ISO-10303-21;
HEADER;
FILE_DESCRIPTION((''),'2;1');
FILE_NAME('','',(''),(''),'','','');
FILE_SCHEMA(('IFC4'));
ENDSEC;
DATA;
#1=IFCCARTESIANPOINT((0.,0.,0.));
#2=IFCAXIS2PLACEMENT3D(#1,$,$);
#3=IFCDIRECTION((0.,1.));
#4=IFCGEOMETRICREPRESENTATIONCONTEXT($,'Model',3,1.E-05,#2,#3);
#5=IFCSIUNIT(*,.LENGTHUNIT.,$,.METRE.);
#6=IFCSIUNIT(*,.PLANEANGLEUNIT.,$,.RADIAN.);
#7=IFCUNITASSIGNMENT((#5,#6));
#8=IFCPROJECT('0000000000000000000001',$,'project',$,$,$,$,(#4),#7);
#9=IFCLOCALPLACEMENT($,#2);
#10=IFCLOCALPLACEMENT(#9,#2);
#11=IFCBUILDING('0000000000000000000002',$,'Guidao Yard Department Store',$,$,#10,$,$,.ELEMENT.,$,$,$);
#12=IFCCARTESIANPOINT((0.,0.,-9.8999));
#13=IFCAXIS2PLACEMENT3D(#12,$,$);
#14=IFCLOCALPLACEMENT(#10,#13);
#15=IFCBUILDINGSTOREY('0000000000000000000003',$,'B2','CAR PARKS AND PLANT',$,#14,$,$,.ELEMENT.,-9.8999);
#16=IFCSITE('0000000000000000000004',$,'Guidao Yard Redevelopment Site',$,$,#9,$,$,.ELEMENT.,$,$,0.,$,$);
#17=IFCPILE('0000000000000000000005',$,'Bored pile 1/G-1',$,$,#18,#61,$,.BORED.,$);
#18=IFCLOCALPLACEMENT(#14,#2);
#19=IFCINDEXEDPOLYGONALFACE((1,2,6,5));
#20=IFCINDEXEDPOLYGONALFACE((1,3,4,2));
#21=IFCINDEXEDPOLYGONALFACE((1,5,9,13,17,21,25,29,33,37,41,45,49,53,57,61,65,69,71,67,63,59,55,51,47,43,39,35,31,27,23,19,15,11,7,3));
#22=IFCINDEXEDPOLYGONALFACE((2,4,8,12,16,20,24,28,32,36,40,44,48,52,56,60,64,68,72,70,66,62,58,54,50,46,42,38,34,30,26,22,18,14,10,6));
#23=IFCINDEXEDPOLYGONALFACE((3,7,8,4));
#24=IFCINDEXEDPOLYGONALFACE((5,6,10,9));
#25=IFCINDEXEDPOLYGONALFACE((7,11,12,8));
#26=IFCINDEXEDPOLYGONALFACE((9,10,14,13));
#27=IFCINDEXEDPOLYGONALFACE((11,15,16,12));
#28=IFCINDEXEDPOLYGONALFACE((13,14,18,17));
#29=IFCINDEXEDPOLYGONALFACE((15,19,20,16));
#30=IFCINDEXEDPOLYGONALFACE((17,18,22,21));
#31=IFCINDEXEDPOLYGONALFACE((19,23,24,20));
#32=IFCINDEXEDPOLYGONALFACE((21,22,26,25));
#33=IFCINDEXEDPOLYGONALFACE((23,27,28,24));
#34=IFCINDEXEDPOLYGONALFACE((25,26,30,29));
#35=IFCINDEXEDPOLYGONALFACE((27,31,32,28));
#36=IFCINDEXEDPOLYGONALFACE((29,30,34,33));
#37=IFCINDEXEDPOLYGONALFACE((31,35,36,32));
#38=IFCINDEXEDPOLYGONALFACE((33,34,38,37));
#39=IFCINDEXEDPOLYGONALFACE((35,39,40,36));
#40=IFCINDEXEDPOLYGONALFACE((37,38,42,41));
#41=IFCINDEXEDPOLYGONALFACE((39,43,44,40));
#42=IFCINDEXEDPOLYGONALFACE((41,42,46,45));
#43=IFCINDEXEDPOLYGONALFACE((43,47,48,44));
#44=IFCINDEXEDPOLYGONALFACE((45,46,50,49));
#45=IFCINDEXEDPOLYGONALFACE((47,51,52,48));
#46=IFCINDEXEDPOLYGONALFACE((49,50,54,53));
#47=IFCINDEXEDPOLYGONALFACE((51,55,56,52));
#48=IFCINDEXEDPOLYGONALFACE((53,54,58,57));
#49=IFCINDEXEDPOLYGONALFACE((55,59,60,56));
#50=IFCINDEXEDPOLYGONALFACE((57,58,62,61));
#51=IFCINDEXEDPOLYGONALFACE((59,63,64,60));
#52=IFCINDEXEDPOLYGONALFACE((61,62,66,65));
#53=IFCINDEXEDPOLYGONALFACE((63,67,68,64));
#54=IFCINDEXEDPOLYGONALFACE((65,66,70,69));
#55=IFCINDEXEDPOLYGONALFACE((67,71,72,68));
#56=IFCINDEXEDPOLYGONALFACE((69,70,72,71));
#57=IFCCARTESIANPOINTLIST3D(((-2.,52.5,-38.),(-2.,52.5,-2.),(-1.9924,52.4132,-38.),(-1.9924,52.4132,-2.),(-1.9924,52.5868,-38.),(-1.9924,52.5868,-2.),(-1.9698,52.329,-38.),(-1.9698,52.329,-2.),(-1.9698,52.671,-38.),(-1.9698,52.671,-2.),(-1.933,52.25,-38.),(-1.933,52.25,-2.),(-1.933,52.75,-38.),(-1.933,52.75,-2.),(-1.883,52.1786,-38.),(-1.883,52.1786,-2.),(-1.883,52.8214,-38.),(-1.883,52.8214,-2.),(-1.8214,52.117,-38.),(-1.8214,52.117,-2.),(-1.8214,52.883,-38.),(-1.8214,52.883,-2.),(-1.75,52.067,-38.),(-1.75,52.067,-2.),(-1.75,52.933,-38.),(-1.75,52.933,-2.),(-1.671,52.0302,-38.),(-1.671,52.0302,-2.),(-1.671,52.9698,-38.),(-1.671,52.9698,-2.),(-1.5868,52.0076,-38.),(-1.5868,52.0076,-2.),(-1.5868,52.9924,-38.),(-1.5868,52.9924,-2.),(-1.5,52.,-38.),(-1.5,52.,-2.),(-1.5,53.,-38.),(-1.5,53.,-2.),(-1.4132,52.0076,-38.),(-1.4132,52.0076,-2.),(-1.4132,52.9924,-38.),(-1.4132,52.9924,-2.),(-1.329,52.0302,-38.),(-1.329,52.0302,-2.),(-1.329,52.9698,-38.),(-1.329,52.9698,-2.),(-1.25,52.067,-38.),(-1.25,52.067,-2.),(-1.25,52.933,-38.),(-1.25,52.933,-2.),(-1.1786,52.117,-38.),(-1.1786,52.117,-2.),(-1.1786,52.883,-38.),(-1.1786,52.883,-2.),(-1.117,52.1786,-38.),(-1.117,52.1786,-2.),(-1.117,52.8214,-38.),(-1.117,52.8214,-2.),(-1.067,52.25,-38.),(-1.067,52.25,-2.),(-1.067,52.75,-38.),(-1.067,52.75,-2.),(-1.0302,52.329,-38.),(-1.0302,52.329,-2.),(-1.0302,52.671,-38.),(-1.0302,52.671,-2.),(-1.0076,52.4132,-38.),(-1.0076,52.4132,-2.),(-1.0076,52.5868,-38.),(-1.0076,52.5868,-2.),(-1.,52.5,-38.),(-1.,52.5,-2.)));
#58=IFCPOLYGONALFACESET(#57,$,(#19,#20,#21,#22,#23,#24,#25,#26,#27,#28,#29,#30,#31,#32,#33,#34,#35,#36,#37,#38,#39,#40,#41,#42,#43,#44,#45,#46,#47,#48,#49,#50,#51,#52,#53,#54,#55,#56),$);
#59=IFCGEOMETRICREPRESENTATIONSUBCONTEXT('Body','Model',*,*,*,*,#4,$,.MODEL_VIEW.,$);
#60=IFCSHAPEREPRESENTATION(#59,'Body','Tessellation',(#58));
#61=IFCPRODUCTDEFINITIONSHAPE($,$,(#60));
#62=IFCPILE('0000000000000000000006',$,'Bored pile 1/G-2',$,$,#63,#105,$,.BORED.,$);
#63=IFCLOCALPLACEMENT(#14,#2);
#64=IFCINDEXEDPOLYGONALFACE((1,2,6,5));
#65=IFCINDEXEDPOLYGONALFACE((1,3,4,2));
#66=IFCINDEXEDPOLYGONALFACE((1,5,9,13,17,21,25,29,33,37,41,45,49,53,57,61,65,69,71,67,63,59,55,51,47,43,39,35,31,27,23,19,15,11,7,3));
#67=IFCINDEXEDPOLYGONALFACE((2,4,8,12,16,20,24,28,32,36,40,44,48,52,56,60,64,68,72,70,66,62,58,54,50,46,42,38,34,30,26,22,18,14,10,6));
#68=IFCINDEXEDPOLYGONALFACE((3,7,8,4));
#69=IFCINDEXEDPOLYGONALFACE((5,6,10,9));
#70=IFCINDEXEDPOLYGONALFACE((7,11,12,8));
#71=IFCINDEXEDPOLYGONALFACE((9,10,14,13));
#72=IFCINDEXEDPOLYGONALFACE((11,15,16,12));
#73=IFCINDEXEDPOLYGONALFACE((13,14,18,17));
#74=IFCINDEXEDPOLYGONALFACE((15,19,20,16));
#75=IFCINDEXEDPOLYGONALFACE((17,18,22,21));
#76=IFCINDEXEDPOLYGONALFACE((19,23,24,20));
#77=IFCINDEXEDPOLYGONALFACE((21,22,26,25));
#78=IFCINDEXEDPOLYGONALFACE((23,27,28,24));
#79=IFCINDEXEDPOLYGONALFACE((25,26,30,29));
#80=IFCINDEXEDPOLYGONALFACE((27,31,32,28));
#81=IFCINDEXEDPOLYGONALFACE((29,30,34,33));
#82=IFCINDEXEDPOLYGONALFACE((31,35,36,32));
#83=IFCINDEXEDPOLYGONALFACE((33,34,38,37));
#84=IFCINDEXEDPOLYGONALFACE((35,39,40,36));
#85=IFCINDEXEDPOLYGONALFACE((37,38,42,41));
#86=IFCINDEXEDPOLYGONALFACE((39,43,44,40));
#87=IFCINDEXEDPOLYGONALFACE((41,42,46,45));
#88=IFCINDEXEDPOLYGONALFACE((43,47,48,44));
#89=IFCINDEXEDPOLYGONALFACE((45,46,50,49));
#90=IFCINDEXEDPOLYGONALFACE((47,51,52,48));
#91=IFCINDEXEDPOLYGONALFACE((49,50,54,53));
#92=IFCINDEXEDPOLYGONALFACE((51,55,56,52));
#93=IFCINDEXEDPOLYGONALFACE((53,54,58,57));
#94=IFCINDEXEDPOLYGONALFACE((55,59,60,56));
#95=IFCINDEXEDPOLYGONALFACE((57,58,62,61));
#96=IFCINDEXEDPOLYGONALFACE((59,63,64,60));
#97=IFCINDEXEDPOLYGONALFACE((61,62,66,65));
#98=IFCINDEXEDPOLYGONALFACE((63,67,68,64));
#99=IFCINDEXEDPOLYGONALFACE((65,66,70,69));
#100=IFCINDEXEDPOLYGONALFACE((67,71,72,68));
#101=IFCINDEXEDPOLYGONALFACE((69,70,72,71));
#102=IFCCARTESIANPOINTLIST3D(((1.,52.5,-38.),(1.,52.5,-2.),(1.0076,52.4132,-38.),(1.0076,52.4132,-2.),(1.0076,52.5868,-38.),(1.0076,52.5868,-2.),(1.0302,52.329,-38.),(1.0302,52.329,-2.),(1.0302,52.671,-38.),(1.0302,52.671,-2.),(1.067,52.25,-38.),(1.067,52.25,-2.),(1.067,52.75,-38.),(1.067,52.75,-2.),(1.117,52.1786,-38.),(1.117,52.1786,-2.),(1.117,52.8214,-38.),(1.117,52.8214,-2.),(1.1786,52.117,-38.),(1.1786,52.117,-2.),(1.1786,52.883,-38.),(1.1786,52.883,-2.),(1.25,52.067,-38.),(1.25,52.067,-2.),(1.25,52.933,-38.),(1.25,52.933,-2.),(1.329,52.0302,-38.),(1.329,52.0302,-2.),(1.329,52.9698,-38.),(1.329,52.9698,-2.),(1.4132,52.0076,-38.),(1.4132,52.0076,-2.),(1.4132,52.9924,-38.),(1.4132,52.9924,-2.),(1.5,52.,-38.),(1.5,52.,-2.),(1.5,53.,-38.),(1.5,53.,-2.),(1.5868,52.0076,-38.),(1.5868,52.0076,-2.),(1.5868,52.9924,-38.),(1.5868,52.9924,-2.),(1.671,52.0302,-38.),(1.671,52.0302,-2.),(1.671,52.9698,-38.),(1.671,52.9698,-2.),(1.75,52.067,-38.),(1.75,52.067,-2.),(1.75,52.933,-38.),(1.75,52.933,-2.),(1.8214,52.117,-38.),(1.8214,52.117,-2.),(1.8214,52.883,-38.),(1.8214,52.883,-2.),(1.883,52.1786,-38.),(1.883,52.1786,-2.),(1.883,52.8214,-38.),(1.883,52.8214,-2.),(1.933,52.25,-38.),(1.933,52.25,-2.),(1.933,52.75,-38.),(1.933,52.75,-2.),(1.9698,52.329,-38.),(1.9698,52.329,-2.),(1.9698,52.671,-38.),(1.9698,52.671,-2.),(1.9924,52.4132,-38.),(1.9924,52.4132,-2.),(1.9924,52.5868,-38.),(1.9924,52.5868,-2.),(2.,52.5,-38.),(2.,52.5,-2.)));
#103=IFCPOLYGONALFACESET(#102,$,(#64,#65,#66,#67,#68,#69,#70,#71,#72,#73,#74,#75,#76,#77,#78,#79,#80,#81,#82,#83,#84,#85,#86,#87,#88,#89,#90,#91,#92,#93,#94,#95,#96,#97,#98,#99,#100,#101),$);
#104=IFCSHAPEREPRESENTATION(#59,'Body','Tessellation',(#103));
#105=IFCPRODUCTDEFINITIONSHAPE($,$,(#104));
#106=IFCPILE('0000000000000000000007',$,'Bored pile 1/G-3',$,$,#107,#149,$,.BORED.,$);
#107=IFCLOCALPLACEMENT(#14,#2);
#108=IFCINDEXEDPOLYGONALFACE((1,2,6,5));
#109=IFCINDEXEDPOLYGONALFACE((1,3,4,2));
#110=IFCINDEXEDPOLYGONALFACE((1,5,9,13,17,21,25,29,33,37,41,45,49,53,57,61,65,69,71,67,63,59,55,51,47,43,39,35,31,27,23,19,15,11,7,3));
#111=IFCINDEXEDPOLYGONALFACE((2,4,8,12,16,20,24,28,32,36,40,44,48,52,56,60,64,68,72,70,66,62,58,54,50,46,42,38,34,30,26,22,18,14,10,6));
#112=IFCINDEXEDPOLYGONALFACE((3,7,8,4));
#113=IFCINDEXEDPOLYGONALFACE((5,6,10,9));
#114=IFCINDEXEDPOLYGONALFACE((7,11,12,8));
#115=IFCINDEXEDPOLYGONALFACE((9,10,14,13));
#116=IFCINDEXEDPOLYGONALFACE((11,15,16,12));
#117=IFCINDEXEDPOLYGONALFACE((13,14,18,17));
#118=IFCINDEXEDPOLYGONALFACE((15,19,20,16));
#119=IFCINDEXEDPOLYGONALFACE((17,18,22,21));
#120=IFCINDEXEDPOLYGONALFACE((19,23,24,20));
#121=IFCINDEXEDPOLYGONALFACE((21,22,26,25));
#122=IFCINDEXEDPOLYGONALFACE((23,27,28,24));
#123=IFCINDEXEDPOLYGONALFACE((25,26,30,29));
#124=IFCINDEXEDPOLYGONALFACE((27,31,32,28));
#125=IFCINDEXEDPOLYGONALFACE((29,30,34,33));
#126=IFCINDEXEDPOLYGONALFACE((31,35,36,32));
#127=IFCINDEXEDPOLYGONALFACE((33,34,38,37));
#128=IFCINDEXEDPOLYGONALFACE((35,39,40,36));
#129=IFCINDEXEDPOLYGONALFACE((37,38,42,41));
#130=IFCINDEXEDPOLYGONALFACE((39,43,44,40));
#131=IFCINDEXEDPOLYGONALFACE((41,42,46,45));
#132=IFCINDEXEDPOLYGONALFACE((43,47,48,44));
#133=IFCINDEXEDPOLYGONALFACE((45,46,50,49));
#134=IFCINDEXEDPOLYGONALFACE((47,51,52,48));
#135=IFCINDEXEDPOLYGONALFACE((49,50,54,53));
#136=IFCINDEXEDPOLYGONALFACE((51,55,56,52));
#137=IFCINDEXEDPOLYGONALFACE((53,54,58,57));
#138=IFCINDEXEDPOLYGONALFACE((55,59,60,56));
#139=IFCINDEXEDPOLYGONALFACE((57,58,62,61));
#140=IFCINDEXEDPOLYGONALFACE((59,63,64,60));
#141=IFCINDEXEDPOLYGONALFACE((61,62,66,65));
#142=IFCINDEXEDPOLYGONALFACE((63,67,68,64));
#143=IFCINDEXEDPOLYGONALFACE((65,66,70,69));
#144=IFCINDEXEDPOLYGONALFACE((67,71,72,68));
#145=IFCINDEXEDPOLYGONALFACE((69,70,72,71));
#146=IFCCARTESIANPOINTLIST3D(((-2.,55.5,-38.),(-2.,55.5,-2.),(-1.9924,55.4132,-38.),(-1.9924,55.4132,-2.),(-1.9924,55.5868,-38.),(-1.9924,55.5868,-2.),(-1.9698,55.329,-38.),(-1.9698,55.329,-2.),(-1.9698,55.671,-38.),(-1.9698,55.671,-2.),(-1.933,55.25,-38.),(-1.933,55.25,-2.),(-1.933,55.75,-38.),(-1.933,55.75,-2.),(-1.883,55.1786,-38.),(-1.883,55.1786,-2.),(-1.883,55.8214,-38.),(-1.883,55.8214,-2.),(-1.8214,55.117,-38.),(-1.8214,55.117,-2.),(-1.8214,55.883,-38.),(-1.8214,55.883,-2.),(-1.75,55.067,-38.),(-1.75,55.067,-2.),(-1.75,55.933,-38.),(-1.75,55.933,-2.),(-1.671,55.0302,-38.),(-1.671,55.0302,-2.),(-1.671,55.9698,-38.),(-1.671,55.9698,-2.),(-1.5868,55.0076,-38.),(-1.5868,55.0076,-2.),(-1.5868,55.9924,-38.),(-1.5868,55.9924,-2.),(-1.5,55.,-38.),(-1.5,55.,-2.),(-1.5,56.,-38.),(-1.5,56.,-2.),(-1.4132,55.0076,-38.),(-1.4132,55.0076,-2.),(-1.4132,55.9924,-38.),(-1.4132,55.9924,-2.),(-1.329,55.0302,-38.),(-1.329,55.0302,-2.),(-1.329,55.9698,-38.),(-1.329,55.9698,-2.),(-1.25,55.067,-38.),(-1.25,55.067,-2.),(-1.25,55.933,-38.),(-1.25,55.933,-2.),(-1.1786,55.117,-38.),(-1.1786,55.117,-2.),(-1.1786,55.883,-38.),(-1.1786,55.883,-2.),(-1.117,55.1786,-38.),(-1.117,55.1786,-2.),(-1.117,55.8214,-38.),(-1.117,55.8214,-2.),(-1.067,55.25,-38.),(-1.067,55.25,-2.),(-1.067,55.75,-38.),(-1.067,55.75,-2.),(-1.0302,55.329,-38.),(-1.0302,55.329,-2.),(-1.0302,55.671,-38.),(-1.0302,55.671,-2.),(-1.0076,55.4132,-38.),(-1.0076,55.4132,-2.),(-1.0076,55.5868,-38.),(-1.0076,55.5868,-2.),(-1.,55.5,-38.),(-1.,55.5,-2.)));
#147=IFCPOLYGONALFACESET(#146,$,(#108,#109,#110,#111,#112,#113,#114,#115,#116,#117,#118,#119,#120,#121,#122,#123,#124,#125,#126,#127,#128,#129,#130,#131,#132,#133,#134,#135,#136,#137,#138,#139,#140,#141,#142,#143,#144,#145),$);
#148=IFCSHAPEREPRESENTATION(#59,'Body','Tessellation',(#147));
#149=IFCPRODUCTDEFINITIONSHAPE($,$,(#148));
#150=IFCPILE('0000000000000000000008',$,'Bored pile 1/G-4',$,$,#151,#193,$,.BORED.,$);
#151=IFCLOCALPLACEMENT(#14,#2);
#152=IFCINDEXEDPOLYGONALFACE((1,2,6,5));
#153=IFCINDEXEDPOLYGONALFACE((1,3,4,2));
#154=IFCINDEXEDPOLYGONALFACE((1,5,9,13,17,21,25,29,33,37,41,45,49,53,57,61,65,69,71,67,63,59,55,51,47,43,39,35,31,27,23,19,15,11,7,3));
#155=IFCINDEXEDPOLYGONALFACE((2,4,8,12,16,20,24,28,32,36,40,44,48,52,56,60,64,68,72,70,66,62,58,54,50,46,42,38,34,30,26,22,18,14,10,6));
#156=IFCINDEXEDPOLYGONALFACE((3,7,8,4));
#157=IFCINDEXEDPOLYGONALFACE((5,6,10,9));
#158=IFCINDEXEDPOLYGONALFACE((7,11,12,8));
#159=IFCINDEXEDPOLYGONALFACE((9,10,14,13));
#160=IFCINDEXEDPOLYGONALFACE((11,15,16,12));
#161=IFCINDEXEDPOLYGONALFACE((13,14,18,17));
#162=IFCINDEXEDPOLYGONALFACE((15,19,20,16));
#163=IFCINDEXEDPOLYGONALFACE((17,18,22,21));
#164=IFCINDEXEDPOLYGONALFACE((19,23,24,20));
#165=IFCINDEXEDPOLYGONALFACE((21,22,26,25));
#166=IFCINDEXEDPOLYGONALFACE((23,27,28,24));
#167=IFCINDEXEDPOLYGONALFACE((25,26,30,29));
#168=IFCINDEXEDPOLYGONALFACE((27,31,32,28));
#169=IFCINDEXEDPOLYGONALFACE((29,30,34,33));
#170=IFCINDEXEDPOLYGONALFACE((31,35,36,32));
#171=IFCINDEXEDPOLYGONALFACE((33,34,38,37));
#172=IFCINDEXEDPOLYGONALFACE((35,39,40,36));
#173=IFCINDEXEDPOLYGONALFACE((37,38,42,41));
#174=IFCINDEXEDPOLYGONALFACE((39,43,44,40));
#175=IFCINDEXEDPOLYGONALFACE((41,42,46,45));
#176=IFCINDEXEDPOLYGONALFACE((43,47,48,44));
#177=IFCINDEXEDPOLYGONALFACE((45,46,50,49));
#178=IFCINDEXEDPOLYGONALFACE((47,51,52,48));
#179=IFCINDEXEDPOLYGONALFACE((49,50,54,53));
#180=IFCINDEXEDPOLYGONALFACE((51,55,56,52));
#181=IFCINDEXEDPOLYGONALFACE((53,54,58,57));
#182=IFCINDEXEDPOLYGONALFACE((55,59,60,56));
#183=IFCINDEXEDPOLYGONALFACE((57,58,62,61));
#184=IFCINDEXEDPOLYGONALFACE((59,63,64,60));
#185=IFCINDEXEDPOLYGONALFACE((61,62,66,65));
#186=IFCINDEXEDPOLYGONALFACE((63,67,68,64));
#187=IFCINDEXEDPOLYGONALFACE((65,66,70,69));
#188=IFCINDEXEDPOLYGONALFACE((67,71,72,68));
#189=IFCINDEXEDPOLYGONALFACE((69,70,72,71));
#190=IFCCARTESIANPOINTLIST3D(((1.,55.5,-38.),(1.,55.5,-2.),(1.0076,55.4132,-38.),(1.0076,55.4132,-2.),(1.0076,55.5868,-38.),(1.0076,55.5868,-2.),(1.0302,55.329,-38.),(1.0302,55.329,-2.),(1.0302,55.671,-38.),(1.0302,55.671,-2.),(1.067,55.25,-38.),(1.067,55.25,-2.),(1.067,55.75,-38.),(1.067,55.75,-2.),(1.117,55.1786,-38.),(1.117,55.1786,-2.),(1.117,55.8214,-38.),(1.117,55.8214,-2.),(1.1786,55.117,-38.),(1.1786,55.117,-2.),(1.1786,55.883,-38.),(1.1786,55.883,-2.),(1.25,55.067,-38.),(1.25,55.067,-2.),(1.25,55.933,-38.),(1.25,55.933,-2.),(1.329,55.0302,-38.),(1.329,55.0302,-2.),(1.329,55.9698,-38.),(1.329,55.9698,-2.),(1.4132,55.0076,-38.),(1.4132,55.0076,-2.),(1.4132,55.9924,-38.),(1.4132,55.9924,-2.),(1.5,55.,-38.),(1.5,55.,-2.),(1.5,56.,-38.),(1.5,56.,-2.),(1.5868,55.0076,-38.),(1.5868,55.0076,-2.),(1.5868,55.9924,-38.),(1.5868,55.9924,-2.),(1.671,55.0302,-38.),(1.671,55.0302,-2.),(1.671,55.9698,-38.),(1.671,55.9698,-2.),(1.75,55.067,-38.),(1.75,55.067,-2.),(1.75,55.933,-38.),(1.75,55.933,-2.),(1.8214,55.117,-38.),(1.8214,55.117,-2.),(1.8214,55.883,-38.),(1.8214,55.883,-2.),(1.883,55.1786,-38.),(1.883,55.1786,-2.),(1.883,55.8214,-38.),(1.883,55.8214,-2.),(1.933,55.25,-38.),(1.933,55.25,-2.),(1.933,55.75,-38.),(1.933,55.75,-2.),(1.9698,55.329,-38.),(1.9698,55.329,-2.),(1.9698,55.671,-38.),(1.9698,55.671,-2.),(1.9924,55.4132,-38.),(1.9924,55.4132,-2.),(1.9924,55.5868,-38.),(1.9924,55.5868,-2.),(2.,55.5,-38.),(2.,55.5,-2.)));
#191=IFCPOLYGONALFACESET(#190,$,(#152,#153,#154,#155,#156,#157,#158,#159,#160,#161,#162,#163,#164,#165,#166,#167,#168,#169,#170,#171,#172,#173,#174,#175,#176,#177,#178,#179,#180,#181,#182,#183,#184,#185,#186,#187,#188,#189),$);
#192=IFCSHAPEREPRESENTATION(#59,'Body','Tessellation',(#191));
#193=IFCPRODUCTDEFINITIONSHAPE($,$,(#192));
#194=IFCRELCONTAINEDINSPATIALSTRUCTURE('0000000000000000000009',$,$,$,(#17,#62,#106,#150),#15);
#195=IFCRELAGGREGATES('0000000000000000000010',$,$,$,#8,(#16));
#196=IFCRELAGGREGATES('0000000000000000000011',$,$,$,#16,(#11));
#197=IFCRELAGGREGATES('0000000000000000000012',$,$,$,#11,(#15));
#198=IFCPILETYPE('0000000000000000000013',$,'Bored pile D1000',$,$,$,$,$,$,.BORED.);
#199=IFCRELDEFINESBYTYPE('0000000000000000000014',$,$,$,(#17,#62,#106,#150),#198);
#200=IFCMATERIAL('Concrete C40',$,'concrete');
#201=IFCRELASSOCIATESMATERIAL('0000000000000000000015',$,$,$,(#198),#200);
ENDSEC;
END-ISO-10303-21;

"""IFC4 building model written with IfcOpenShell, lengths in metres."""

from ifc_helpers import new_model, si_unit, direction, frame, origin, origin_2d, place, context, subcontext, project, spatial, circle, extrude, material, material_profile, profile_set, type_object, element, save


model = new_model("IFC4")

# Units and contexts
model_context = context("Model", 3, precision=1e-05, world=origin(), true_north=direction((0.0, 1.0)))
body_context = subcontext(model_context, "Body", "Model", "MODEL_VIEW")
ifc_project = project(units=[si_unit("LENGTHUNIT", "METRE"), si_unit("PLANEANGLEUNIT", "RADIAN")], contexts=[model_context])

# Site, building, storey
site_placement = place(None, origin())
site = spatial("IfcSite", under=ifc_project, at=site_placement, Name="Guidao Yard Redevelopment Site", CompositionType="ELEMENT", RefElevation=0.0)
building_placement = place(site_placement, origin())
building = spatial("IfcBuilding", under=site, at=building_placement, Name="Guidao Yard Department Store", CompositionType="ELEMENT")
storey_placement = place(building_placement, frame((0.0, 0.0, -9.8999)))
storey = spatial("IfcBuildingStorey", under=building, at=storey_placement, Name="B2", Description="CAR PARKS AND PLANT", CompositionType="ELEMENT", Elevation=-9.8999)

# Piles
ifc_material_1 = material(Name="Concrete C40", Category="concrete")
ifc_material_profile_1 = material_profile(ifc_material_1, circle(Radius=0.5, at=origin_2d()), Name="Bored pile D1000")
ifc_profile_set_1 = profile_set([ifc_material_profile_1], Name="Concrete C40")
pile_type = type_object("IfcPileType", Name="Bored pile D1000", PredefinedType="BORED", material=ifc_profile_set_1)
for number, where, z_axis, x_axis, name in (
    (1, (-1.5, 52.5, -2.0), (0.0, 0.0, -1.0), (1.0, 0.0, 0.0), "Bored pile 1/G-1"),
    (2, (1.5, 52.5, -2.0), (0.0, 0.0, -1.0), (1.0, 0.0, 0.0), "Bored pile 1/G-2"),
    (3, (-1.5, 55.5, -2.0), (0.0, 0.0, -1.0), (1.0, 0.0, 0.0), "Bored pile 1/G-3"),
    (4, (1.5, 55.5, -2.0), (0.0, 0.0, -1.0), (1.0, 0.0, 0.0), "Bored pile 1/G-4"),
):
    element("IfcPile", number, at=place(storey_placement, frame(where, z_axis=z_axis, x_axis=x_axis)), inside=storey, type_object=pile_type, Name=name, PredefinedType="BORED", context=body_context, shape_type="SweptSolid", body=[
        extrude(circle(Radius=0.5, at=origin_2d()), origin(), (0.0, 0.0, 1.0), 36.0),
    ])

save(model, "model.ifc")
